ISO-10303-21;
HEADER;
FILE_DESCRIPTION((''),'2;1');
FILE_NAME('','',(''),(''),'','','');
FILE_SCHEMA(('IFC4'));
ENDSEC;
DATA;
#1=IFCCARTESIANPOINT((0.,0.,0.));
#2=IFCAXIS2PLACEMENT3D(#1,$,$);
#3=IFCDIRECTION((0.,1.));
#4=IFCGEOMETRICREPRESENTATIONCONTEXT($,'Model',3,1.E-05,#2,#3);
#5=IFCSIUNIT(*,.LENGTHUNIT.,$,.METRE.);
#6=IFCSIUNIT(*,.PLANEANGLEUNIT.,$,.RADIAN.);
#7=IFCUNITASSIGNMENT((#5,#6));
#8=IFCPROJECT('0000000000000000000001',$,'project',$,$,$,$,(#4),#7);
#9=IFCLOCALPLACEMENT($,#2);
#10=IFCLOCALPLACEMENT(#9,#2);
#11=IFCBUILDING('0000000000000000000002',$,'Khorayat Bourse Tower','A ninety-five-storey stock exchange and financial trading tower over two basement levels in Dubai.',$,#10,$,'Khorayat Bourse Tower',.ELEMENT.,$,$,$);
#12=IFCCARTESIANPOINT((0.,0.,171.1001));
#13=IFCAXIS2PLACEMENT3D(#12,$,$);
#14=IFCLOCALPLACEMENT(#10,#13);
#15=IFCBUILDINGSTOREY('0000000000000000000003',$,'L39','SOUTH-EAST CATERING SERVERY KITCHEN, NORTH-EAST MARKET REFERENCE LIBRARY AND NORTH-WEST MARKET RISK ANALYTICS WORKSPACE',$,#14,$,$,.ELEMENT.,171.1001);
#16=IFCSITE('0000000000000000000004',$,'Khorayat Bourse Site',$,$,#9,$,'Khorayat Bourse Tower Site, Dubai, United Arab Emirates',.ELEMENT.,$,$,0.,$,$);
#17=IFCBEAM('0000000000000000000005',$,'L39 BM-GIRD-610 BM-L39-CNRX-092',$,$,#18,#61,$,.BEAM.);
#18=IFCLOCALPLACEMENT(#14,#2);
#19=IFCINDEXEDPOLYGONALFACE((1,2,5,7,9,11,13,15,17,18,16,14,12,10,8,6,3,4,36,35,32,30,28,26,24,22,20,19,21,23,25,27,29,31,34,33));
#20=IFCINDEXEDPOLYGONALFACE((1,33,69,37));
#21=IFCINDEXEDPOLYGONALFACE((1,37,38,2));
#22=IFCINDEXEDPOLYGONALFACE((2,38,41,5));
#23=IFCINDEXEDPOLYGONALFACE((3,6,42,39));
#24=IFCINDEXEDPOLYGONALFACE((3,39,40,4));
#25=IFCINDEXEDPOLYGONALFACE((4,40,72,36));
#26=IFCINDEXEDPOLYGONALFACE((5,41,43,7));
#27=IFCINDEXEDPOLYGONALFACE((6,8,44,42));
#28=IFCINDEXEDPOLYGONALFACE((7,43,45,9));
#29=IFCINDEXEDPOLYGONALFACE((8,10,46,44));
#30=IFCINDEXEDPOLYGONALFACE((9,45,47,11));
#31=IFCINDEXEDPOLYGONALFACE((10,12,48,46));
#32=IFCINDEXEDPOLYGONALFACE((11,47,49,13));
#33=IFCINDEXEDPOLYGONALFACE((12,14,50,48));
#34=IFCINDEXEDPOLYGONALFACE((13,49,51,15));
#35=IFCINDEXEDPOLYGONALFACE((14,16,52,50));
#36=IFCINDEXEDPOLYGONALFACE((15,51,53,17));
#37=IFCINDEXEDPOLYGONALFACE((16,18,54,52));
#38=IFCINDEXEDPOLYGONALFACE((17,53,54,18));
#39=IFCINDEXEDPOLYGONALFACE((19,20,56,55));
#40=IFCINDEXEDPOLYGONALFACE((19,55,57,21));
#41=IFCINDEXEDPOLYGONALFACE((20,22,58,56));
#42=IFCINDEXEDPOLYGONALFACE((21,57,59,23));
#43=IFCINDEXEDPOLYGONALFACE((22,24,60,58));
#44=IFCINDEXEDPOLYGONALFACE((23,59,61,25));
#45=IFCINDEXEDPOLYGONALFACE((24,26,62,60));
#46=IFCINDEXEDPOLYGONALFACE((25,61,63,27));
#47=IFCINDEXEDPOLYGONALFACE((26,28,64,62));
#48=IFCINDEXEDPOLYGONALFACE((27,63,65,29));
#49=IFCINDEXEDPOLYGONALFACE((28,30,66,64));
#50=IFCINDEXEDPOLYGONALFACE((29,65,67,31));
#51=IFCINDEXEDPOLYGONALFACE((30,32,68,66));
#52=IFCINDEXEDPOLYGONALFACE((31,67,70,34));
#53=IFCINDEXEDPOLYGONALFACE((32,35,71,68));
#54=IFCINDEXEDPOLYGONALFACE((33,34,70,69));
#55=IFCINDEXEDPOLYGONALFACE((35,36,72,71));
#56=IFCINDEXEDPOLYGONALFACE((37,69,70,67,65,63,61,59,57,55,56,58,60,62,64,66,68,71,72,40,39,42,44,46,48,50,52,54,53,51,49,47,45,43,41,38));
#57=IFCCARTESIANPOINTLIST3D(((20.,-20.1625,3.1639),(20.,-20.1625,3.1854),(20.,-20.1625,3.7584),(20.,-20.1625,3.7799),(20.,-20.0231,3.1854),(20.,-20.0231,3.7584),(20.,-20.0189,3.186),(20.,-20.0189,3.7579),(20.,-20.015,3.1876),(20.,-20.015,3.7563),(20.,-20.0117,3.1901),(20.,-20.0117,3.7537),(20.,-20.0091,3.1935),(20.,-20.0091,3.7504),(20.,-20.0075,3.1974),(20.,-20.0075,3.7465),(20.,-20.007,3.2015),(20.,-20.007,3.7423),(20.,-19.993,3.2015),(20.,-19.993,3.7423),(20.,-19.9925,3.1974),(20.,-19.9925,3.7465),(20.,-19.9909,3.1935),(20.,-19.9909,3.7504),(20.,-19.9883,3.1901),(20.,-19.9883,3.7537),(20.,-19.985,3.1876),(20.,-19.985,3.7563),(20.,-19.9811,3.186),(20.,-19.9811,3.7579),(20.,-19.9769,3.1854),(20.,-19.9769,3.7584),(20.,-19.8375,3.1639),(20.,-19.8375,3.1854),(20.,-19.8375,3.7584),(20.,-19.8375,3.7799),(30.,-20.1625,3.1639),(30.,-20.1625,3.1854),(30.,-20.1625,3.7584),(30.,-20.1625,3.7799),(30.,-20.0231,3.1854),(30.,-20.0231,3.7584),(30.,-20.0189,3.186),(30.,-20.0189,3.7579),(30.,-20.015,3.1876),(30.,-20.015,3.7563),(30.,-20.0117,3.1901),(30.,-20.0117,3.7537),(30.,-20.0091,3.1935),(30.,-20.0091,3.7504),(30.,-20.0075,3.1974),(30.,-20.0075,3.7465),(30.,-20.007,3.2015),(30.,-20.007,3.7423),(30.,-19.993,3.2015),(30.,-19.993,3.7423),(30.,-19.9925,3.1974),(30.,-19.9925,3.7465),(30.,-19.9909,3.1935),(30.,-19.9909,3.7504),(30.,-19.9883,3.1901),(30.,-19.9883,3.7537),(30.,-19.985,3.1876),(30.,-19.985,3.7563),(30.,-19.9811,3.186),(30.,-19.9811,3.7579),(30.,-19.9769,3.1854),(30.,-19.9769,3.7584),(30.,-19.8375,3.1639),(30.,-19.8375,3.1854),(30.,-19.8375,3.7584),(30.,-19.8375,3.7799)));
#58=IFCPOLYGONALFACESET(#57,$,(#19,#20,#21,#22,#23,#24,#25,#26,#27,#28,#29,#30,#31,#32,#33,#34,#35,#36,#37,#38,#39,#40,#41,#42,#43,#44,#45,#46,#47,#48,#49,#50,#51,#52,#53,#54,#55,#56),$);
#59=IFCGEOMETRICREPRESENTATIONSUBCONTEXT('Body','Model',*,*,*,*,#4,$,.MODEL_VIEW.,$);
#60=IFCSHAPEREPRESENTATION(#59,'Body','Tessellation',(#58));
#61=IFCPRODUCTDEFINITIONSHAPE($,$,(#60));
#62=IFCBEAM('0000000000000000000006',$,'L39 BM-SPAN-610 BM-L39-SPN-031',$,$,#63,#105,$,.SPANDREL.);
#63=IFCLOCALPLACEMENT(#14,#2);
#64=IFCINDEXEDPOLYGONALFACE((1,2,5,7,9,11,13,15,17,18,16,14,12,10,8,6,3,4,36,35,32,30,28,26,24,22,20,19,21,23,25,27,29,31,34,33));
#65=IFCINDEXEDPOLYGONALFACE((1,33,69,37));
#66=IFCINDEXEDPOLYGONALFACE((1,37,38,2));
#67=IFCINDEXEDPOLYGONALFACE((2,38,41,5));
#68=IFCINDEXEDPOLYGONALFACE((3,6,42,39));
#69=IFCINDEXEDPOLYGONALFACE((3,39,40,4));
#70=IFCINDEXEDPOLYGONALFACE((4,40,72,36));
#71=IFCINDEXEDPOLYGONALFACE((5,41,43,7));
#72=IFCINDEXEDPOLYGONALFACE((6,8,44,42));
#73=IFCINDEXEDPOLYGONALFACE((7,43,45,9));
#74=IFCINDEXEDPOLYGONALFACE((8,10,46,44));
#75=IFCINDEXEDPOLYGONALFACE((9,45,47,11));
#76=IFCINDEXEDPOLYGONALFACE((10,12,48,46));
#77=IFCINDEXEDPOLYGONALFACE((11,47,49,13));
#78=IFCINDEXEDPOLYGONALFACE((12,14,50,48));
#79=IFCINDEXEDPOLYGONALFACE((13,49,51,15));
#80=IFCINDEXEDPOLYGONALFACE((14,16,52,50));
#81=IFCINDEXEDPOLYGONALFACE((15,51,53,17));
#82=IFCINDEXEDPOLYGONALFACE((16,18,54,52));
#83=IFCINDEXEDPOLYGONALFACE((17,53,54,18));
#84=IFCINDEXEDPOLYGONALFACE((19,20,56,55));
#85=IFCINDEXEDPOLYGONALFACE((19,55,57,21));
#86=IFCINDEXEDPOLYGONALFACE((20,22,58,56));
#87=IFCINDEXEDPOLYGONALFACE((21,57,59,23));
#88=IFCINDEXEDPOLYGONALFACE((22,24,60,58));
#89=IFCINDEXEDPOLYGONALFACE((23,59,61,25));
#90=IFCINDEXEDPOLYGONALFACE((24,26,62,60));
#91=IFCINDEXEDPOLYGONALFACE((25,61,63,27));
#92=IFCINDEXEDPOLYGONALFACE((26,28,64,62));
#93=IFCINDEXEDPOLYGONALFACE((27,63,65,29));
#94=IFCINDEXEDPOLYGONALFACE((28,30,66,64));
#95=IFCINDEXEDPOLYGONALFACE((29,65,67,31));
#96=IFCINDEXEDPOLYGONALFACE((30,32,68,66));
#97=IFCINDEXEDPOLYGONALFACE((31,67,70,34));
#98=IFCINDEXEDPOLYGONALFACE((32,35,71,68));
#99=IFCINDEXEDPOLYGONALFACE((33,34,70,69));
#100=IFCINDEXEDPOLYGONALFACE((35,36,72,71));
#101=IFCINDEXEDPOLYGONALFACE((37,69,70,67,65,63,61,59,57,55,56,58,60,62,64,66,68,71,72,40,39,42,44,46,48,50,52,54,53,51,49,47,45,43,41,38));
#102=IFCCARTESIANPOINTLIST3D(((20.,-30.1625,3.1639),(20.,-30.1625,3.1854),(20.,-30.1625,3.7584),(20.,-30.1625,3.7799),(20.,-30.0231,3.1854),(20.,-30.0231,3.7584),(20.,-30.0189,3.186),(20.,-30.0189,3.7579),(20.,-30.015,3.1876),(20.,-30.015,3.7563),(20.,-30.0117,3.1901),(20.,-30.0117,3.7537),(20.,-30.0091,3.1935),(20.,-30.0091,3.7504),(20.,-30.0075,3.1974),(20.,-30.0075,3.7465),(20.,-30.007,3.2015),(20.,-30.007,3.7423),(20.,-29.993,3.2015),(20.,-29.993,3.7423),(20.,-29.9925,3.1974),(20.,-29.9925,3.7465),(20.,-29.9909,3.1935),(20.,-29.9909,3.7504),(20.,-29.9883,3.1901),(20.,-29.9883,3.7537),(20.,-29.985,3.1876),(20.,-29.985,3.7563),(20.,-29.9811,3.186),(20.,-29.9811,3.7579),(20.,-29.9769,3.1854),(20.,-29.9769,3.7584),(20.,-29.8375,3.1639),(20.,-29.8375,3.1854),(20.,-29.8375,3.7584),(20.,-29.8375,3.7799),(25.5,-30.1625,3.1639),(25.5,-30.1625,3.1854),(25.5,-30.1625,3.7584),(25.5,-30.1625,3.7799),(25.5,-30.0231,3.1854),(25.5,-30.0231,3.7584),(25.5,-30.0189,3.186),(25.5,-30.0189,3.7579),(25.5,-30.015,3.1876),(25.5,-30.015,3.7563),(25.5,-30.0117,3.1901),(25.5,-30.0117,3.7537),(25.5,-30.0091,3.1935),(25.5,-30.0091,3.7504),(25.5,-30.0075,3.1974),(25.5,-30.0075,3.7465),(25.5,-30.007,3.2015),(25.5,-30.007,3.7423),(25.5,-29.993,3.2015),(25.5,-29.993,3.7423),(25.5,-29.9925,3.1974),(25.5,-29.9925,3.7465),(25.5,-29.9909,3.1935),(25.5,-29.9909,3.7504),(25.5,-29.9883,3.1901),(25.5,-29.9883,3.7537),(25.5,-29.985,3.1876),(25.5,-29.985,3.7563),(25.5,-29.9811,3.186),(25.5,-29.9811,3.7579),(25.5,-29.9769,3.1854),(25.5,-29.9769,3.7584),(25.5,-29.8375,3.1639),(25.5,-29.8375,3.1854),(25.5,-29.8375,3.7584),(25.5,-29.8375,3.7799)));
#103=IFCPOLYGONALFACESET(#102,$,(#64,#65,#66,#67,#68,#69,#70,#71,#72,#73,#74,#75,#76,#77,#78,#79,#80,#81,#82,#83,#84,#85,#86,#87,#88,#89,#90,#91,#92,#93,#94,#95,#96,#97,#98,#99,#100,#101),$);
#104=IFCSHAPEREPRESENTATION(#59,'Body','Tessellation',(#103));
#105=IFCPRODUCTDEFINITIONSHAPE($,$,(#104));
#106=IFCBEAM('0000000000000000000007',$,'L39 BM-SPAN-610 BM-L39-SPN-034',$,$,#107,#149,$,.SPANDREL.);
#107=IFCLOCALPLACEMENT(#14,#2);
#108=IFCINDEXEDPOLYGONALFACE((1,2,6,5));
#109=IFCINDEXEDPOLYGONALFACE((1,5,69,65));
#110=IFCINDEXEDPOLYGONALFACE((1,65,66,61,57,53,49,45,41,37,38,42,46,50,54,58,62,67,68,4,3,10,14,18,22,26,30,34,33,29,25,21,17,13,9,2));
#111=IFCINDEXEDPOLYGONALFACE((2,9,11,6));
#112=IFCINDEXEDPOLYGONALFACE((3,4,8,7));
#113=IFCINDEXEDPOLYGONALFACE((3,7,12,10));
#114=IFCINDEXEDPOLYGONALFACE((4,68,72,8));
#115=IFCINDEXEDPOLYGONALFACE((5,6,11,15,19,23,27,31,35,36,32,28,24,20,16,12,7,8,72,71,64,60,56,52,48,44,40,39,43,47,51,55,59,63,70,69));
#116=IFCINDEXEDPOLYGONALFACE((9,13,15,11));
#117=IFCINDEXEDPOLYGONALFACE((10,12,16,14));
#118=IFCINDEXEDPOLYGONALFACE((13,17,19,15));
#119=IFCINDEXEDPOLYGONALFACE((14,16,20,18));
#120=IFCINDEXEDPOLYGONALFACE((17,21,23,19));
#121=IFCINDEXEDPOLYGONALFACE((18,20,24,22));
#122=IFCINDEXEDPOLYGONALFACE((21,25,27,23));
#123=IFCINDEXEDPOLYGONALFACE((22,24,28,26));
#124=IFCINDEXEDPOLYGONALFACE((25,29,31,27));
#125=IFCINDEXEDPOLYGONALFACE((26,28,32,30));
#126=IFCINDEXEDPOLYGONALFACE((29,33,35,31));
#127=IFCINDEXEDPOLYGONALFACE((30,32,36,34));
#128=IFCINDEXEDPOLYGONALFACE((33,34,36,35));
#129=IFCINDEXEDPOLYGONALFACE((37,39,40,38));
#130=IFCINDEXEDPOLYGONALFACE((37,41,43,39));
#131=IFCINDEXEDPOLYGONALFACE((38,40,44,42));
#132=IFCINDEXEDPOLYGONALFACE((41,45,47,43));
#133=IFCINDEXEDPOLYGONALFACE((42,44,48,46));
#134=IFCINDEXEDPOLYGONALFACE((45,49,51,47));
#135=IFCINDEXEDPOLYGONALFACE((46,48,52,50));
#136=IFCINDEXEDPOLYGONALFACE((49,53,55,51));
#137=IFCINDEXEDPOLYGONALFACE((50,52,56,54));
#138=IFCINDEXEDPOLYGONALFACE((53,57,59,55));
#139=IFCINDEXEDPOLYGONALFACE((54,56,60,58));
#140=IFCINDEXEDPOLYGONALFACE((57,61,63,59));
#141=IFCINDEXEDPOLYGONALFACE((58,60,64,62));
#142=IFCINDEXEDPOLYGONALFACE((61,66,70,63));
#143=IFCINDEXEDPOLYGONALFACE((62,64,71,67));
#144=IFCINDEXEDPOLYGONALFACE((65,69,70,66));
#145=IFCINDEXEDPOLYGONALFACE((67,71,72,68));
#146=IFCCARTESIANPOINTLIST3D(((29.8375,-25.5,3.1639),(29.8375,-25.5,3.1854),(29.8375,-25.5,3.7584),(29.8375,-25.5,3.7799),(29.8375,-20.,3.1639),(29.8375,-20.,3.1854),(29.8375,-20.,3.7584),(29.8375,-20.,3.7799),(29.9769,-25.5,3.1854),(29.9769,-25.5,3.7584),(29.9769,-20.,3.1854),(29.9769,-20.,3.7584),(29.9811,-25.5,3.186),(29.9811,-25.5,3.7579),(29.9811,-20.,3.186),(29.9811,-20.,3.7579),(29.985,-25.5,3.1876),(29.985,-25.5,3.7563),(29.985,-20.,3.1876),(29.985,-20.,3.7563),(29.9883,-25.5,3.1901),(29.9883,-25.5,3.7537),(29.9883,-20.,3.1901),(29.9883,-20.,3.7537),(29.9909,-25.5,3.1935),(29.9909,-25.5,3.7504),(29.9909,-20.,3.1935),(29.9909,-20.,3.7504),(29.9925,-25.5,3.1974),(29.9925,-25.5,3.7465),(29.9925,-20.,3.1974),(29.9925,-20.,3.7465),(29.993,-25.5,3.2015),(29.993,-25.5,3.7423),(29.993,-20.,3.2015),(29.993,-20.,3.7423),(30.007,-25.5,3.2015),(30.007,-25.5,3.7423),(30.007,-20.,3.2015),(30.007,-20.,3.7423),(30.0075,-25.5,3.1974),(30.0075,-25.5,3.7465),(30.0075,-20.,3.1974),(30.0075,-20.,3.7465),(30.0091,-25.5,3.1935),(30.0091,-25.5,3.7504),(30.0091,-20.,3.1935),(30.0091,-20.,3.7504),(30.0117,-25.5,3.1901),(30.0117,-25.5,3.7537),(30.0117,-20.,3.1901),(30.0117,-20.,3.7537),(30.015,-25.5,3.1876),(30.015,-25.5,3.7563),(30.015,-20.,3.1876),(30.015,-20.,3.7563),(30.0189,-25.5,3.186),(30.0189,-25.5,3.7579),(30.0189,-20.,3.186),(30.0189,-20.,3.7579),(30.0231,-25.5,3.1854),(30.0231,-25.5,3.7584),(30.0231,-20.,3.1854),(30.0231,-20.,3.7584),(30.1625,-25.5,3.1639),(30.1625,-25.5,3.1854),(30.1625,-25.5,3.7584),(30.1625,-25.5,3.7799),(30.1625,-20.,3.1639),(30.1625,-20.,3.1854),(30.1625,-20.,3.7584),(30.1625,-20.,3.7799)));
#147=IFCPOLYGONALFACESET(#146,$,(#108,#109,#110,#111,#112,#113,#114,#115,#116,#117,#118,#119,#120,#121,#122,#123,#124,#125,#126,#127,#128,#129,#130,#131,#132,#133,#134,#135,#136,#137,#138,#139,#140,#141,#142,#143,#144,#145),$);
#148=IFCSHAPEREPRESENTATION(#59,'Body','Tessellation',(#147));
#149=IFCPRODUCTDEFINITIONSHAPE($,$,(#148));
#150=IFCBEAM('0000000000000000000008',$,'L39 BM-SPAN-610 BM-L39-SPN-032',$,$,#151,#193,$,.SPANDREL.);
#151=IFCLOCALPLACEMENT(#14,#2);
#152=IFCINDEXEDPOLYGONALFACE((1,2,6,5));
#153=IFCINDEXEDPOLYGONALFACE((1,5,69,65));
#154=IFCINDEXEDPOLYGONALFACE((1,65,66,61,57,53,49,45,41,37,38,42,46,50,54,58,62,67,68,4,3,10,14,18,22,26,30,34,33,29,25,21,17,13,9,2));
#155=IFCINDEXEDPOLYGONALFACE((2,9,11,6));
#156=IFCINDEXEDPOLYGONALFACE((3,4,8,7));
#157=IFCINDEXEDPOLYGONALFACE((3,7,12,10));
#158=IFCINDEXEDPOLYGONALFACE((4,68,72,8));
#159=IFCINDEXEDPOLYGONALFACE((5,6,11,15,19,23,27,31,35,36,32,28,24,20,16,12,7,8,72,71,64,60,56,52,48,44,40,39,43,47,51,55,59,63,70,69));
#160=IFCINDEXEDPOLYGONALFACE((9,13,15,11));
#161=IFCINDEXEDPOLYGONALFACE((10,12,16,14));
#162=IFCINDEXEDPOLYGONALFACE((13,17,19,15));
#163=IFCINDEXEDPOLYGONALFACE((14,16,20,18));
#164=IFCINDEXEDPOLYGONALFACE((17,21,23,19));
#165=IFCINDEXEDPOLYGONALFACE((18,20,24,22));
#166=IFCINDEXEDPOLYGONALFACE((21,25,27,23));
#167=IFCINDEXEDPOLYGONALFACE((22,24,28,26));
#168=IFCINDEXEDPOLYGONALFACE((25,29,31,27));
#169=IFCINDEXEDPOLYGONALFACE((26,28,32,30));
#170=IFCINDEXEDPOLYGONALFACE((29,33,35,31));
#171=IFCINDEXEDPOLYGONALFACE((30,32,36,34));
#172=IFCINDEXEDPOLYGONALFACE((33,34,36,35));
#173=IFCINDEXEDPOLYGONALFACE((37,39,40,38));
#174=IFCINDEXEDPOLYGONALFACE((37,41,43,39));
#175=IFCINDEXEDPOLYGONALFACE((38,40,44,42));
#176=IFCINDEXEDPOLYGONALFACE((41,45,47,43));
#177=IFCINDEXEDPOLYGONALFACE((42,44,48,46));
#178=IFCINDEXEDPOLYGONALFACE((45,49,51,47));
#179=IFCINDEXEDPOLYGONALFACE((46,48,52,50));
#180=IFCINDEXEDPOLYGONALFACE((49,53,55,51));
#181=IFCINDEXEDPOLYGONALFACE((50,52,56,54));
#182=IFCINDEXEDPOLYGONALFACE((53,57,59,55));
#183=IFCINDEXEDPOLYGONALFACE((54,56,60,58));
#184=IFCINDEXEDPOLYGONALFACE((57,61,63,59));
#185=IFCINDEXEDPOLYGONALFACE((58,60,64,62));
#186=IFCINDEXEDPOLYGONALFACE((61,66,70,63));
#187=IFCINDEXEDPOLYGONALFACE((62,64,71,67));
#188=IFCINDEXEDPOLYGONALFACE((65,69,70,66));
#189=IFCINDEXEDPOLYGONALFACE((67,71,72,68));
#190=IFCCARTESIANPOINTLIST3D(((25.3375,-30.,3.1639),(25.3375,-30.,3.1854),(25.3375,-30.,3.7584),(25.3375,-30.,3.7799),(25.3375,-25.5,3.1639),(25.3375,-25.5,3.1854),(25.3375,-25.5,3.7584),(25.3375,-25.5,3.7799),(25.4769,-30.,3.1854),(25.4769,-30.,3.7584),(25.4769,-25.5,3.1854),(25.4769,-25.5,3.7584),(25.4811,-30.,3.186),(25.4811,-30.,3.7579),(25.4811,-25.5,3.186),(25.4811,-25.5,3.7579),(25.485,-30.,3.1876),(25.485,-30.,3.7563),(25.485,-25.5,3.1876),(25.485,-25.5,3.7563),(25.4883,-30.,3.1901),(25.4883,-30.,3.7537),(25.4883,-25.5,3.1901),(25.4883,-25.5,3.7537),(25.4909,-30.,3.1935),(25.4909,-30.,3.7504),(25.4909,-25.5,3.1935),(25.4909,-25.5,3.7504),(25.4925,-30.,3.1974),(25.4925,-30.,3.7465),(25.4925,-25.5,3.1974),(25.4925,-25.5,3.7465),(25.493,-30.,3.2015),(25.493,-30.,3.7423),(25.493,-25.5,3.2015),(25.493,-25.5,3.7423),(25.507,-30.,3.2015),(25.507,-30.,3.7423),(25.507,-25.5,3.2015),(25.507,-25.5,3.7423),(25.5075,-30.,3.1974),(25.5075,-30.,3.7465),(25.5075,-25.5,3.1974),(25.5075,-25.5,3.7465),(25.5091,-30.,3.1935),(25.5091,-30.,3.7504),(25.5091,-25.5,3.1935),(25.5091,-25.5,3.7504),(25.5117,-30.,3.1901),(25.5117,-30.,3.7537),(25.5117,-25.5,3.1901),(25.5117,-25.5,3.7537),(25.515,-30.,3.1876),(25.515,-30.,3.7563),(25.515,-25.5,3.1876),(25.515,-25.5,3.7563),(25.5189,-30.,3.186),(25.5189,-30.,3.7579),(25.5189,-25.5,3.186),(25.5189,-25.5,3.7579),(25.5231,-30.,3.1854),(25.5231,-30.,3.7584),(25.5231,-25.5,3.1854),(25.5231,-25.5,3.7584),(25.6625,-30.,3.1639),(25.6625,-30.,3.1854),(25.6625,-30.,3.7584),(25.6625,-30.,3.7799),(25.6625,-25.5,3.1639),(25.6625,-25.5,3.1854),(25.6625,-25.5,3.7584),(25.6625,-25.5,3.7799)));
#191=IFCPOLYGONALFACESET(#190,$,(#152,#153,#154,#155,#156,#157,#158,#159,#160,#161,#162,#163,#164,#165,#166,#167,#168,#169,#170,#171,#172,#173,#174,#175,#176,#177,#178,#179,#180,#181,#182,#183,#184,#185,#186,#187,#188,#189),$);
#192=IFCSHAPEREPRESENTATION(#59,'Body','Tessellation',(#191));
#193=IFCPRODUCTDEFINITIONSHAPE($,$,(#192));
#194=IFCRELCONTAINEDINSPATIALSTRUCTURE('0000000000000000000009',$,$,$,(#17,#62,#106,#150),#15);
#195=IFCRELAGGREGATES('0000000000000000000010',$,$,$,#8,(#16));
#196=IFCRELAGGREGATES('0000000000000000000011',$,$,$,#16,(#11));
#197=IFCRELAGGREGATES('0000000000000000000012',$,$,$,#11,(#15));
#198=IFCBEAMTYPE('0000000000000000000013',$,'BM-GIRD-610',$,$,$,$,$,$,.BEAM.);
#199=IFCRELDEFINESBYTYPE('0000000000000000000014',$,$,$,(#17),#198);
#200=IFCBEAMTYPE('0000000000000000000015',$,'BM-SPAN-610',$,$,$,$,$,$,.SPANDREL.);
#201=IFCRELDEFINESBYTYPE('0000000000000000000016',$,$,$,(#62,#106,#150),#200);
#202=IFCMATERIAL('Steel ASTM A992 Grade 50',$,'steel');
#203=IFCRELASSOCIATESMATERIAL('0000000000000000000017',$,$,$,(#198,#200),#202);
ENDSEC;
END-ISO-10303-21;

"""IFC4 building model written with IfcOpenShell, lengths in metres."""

from ifc_helpers import new_model, si_unit, direction, frame, origin, origin_2d, place, context, subcontext, project, spatial, i_section, extrude, source, transform, mapped, material, material_profile, profile_set, type_object, element, save


model = new_model("IFC4")

# Units and contexts
model_context = context("Model", 3, precision=1e-05, world=origin(), true_north=direction((0.0, 1.0)))
body_context = subcontext(model_context, "Body", "Model", "MODEL_VIEW")
ifc_project = project(units=[si_unit("LENGTHUNIT", "METRE"), si_unit("PLANEANGLEUNIT", "RADIAN")], contexts=[model_context])

# Site, building, storey
site_placement = place(None, origin())
site = spatial("IfcSite", under=ifc_project, at=site_placement, Name="Khorayat Bourse Site", LongName="Khorayat Bourse Tower Site, Dubai, United Arab Emirates", CompositionType="ELEMENT", RefElevation=0.0)
building_placement = place(site_placement, origin())
building = spatial("IfcBuilding", under=site, at=building_placement, Name="Khorayat Bourse Tower", Description="A ninety-five-storey stock exchange and financial trading tower over two basement levels in Dubai.", LongName="Khorayat Bourse Tower", CompositionType="ELEMENT")
storey_placement = place(building_placement, frame((0.0, 0.0, 171.1001)))
storey = spatial("IfcBuildingStorey", under=building, at=storey_placement, Name="L39", Description="SOUTH-EAST CATERING SERVERY KITCHEN, NORTH-EAST MARKET REFERENCE LIBRARY AND NORTH-WEST MARKET RISK ANALYTICS WORKSPACE", CompositionType="ELEMENT", Elevation=171.1001)

# Beams
ifc_material_1 = material(Name="Steel ASTM A992 Grade 50", Category="steel")
ifc_material_profile_1 = material_profile(ifc_material_1, i_section(OverallWidth=0.325, OverallDepth=0.616, WebThickness=0.0139, FlangeThickness=0.0215, FilletRadius=0.0161, at=origin_2d()), Name="W610X174")
ifc_profile_set_1 = profile_set([ifc_material_profile_1], Name="Steel ASTM A992 Grade 50")
beam_type_1 = type_object("IfcBeamType", Name="BM-GIRD-610", PredefinedType="BEAM", material=ifc_profile_set_1)
shared_shape_1 = source(origin(), body_context, "Body", "SweptSolid", [
    extrude(i_section(OverallWidth=0.325, OverallDepth=0.616, WebThickness=0.0139, FlangeThickness=0.0215, FilletRadius=0.0161, at=origin_2d()), origin(), (0.0, 0.0, 1.0), 10.0),
])
beam_1_placement = place(storey_placement, frame((20.0, -20.0, 3.4719), z_axis=(1.0, 0.0, 0.0), x_axis=(0.0, 1.0, 0.0)))
element("IfcBeam", 1, at=beam_1_placement, inside=storey, type_object=beam_type_1, Name="L39 BM-GIRD-610 BM-L39-CNRX-092", PredefinedType="BEAM", context=body_context, shape_type="MappedRepresentation", body=[
    mapped(shared_shape_1, transform((0.0, 0.0, 0.0), scale=1.0)),
])
ifc_material_profile_2 = material_profile(ifc_material_1, i_section(OverallWidth=0.325, OverallDepth=0.616, WebThickness=0.0139, FlangeThickness=0.0215, FilletRadius=0.0161, at=origin_2d()), Name="W610X174")
ifc_profile_set_2 = profile_set([ifc_material_profile_2], Name="Steel ASTM A992 Grade 50")
beam_type_2 = type_object("IfcBeamType", Name="BM-SPAN-610", PredefinedType="SPANDREL", material=ifc_profile_set_2)
shared_shape_2 = source(origin(), body_context, "Body", "SweptSolid", [
    extrude(i_section(OverallWidth=0.325, OverallDepth=0.616, WebThickness=0.0139, FlangeThickness=0.0215, FilletRadius=0.0161, at=origin_2d()), origin(), (0.0, 0.0, 1.0), 5.5),
])
for number, where, z_axis, x_axis, name in (
    (2, (20.0, -30.0, 3.4719), (1.0, 0.0, 0.0), (0.0, 1.0, 0.0), "L39 BM-SPAN-610 BM-L39-SPN-031"),
    (3, (30.0, -25.5, 3.4719), (0.0, 1.0, 0.0), (-1.0, 0.0, 0.0), "L39 BM-SPAN-610 BM-L39-SPN-034"),
):
    element("IfcBeam", number, at=place(storey_placement, frame(where, z_axis=z_axis, x_axis=x_axis)), inside=storey, type_object=beam_type_2, Name=name, PredefinedType="SPANDREL", context=body_context, shape_type="MappedRepresentation", body=[
        mapped(shared_shape_2, transform((0.0, 0.0, 0.0), scale=1.0)),
    ])
shared_shape_3 = source(origin(), body_context, "Body", "SweptSolid", [
    extrude(i_section(OverallWidth=0.325, OverallDepth=0.616, WebThickness=0.0139, FlangeThickness=0.0215, FilletRadius=0.0161, at=origin_2d()), origin(), (0.0, 0.0, 1.0), 4.5),
])
for number, where, z_axis, x_axis, name in (
    (4, (25.5, -30.0, 3.4719), (0.0, 1.0, 0.0), (-1.0, 0.0, 0.0), "L39 BM-SPAN-610 BM-L39-SPN-032"),
):
    element("IfcBeam", number, at=place(storey_placement, frame(where, z_axis=z_axis, x_axis=x_axis)), inside=storey, type_object=beam_type_2, Name=name, PredefinedType="SPANDREL", context=body_context, shape_type="MappedRepresentation", body=[
        mapped(shared_shape_3, transform((0.0, 0.0, 0.0), scale=1.0)),
    ])

save(model, "model.ifc")
